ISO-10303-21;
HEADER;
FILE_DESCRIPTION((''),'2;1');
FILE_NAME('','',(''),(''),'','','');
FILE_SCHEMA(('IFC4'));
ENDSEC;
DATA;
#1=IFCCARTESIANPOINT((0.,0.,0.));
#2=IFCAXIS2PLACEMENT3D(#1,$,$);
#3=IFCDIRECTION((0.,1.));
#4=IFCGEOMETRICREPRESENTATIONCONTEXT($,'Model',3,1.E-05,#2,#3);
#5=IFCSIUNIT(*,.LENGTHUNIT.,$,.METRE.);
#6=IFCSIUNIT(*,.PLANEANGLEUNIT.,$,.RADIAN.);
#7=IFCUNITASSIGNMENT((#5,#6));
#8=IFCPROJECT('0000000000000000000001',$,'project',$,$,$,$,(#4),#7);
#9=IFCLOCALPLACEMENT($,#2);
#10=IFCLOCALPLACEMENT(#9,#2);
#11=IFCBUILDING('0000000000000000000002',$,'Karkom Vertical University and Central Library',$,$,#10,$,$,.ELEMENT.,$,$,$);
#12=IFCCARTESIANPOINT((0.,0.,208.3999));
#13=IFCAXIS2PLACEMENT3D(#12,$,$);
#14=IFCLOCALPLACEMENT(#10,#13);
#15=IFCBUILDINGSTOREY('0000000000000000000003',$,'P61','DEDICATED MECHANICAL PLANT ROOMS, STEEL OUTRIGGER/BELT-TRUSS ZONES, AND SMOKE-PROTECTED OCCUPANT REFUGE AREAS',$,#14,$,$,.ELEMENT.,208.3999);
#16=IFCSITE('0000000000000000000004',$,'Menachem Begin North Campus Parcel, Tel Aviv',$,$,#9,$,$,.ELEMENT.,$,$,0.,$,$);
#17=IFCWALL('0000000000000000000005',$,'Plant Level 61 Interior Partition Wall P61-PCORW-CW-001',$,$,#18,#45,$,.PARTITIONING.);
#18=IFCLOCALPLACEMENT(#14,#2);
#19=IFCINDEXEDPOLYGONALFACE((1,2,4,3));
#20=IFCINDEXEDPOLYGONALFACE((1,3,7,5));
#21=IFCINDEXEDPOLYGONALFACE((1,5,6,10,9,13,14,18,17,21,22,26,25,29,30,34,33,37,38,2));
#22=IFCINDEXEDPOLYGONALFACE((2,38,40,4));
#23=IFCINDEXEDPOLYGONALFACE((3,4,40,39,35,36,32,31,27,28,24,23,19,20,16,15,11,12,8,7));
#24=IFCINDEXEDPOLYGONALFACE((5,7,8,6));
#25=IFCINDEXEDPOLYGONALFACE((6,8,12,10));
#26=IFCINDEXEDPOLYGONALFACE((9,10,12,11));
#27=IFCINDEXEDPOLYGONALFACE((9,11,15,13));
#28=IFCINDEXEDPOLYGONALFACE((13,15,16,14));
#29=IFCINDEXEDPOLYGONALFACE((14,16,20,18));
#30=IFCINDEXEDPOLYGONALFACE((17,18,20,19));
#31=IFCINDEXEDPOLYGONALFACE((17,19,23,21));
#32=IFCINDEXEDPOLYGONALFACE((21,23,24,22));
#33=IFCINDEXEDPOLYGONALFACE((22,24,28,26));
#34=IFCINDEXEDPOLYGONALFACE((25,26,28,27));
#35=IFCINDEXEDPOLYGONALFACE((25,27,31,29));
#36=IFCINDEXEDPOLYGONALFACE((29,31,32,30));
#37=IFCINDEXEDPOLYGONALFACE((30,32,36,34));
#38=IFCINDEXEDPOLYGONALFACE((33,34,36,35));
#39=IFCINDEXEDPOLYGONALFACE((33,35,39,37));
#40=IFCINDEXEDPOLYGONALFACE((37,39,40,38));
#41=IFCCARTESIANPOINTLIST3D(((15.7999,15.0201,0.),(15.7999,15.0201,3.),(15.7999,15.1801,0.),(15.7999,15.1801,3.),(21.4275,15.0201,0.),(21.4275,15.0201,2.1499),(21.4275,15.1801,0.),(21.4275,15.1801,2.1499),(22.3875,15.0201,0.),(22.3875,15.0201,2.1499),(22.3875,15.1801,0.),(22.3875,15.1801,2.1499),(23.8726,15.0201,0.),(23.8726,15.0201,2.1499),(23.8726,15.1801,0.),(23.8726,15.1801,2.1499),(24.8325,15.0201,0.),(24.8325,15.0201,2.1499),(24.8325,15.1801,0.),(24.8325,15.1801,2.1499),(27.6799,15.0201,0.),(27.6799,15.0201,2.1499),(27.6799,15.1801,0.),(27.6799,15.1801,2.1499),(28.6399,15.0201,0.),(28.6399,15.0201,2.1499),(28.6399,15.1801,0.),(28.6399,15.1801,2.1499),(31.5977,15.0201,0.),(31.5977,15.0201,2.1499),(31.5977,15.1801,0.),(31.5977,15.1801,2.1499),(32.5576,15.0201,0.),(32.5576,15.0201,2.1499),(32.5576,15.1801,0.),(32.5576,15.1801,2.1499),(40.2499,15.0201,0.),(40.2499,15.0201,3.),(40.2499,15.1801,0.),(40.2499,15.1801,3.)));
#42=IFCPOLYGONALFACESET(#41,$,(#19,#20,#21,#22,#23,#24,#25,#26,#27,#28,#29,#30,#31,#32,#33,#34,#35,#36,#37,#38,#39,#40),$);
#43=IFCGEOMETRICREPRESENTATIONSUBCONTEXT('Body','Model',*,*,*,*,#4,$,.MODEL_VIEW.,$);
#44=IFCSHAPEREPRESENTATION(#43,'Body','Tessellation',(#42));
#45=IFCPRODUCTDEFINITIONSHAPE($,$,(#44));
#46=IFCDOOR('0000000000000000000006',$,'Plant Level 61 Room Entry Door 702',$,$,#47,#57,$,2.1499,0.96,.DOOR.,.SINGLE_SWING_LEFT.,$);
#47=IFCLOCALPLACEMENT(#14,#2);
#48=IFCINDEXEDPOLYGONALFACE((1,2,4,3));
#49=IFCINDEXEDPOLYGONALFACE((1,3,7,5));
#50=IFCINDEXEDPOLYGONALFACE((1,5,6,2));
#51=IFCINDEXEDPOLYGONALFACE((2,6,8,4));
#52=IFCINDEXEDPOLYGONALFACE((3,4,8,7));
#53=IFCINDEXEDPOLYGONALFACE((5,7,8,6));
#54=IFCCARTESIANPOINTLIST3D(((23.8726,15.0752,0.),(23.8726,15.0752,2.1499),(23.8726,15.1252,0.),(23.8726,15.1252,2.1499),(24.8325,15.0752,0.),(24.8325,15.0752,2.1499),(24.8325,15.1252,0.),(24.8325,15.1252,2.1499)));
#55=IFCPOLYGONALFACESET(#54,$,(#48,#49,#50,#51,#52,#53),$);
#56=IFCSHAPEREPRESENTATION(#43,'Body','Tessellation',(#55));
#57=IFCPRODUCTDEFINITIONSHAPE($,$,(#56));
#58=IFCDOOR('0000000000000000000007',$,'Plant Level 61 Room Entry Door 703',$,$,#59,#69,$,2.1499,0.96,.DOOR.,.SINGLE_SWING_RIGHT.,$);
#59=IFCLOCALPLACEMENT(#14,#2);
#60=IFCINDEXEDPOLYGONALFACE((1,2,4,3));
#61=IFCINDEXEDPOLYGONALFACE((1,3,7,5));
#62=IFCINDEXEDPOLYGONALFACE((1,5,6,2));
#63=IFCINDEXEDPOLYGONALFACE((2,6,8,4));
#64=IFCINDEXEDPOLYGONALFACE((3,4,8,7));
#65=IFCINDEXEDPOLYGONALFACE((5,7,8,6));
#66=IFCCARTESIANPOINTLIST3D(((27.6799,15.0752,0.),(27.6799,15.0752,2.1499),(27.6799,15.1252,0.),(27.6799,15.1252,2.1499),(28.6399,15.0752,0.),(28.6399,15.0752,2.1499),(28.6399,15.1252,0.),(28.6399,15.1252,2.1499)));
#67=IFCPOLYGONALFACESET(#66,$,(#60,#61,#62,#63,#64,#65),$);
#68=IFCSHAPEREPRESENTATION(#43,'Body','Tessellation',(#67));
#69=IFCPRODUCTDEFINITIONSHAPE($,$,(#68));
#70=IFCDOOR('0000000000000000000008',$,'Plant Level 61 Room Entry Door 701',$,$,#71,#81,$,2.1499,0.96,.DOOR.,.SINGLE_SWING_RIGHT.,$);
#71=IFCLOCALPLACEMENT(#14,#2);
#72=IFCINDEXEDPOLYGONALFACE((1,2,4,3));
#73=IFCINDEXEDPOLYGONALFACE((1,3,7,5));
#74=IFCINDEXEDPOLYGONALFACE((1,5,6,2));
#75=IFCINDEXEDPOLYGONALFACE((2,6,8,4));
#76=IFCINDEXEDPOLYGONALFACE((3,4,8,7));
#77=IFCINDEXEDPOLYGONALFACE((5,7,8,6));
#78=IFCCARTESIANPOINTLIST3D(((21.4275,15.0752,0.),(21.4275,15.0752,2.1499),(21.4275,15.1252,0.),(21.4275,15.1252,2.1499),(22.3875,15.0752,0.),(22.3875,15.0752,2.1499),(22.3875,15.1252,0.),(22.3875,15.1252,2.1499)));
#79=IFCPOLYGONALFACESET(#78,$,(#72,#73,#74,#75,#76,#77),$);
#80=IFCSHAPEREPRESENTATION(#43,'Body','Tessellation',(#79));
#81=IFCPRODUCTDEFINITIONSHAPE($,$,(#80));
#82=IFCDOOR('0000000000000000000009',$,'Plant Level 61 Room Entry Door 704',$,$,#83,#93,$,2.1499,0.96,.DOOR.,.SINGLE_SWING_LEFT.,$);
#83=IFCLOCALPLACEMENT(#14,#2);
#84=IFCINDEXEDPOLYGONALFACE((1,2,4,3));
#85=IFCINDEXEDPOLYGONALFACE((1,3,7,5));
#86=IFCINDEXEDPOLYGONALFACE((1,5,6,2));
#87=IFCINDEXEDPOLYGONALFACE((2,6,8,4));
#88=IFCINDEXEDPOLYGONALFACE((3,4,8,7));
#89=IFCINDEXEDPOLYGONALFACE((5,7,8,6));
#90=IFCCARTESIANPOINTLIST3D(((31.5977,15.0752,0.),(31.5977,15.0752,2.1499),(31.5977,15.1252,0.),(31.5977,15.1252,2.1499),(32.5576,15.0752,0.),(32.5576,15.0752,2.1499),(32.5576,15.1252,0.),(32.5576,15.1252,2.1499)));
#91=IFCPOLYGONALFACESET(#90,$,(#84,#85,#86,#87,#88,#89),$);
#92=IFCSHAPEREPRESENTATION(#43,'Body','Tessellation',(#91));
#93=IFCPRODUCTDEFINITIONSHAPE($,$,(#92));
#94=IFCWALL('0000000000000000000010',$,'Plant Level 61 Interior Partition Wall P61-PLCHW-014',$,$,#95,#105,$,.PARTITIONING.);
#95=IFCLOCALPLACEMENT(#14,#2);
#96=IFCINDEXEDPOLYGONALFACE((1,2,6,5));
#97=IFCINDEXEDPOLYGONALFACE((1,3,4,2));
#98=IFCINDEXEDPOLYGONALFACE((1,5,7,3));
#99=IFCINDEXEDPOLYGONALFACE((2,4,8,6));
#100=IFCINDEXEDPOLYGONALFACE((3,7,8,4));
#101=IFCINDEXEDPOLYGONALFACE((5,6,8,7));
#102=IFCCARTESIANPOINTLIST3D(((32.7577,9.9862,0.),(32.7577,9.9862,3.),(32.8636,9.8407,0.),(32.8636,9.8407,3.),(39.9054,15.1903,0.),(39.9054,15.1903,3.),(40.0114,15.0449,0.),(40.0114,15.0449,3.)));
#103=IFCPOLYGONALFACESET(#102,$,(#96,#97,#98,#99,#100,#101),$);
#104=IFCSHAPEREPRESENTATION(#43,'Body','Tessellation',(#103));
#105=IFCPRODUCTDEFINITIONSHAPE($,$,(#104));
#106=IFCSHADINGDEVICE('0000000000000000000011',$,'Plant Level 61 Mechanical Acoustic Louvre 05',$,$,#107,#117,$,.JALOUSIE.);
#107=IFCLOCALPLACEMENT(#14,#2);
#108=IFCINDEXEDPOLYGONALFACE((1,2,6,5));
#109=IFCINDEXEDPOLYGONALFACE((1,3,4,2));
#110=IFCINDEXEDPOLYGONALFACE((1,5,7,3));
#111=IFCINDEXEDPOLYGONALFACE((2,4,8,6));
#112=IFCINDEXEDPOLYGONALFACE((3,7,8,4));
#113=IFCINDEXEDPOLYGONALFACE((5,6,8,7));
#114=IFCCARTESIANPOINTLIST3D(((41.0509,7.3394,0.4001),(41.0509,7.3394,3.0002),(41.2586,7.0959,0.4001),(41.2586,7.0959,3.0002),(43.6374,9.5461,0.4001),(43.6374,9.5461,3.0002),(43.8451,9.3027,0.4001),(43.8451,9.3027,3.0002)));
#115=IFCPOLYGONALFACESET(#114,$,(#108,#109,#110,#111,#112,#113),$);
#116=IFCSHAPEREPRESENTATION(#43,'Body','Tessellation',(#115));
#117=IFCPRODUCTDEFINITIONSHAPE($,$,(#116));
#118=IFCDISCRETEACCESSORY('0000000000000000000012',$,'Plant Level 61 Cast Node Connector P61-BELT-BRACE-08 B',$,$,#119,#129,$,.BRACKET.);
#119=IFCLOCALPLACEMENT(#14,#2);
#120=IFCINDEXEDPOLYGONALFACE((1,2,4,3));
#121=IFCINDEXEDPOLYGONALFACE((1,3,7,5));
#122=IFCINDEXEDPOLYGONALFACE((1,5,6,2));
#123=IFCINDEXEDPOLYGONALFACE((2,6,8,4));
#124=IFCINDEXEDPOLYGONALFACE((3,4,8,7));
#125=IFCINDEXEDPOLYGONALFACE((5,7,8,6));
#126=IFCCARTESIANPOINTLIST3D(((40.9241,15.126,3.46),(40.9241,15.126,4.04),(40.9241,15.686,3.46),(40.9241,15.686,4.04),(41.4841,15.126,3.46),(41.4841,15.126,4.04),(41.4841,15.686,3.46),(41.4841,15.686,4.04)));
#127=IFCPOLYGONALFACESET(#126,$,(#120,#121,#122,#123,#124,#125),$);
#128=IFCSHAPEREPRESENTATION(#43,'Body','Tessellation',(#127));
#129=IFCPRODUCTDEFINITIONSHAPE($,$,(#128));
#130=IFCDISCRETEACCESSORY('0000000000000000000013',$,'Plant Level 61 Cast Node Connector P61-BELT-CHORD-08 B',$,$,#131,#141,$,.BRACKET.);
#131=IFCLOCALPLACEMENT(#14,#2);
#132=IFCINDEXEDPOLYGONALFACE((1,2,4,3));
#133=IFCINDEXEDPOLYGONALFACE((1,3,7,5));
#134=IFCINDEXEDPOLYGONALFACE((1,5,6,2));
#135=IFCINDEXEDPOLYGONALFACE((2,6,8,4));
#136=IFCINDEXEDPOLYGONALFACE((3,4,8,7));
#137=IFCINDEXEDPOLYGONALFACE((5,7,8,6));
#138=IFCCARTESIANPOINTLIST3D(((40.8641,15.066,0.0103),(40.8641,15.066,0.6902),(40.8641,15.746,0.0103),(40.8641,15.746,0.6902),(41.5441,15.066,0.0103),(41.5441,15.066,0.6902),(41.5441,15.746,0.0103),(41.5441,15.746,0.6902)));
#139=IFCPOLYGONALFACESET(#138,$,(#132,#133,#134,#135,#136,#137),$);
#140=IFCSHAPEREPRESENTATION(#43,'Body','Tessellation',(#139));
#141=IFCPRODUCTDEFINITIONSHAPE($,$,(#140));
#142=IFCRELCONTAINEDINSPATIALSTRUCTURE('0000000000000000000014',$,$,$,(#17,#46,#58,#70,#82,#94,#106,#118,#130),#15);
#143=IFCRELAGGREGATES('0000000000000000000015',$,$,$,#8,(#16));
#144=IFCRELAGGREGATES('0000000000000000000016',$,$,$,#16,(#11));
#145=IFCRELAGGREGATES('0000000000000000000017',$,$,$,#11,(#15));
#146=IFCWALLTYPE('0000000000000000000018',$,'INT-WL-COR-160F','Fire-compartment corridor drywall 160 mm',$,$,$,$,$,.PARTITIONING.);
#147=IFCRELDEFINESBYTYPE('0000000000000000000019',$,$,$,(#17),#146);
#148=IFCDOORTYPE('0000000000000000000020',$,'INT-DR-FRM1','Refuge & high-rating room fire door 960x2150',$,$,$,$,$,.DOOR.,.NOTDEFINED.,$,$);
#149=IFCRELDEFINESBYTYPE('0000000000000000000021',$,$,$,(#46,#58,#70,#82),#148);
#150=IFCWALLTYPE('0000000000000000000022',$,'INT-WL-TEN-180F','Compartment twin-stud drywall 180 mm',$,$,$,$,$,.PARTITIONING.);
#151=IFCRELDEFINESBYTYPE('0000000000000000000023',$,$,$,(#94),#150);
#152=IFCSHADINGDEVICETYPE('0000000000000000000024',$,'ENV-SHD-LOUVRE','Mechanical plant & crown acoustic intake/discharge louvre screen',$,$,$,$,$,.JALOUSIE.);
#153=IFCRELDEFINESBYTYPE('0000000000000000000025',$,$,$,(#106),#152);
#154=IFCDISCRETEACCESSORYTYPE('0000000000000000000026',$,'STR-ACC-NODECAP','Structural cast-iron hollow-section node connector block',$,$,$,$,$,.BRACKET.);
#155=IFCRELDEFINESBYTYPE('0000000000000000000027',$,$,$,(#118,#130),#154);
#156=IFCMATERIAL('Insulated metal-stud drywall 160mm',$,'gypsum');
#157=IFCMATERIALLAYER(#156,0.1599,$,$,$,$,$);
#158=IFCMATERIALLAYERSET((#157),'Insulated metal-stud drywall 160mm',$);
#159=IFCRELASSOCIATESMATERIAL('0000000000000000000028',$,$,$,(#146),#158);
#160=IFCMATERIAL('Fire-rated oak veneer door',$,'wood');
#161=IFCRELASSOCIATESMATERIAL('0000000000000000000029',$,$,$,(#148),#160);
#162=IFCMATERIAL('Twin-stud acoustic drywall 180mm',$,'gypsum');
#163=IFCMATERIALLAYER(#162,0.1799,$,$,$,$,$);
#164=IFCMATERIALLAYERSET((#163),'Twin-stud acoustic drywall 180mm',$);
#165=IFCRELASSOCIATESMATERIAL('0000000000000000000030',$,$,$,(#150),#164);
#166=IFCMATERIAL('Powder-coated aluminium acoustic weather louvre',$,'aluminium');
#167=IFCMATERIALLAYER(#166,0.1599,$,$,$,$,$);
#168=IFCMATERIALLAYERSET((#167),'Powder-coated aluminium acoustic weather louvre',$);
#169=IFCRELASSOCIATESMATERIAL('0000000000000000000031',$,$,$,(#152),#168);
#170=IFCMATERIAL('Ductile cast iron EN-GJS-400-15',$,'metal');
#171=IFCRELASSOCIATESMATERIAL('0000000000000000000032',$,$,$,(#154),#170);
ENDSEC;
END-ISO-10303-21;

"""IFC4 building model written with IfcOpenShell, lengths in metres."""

from ifc_helpers import new_model, si_unit, direction, frame, frame_2d, origin, origin_with_axes, origin_2d, place, context, subcontext, project, spatial, rectangle, extrude, source, transform, mapped, material, layer, layer_set, type_object, element, fill, save


model = new_model("IFC4")

# Units and contexts
model_context = context("Model", 3, precision=1e-05, world=origin(), true_north=direction((0.0, 1.0)))
body_context = subcontext(model_context, "Body", "Model", "MODEL_VIEW")
ifc_project = project(units=[si_unit("LENGTHUNIT", "METRE"), si_unit("PLANEANGLEUNIT", "RADIAN")], contexts=[model_context])

# Site, building, storey
site_placement = place(None, origin())
site = spatial("IfcSite", under=ifc_project, at=site_placement, Name="Menachem Begin North Campus Parcel, Tel Aviv", CompositionType="ELEMENT", RefElevation=0.0)
building_placement = place(site_placement, origin())
building = spatial("IfcBuilding", under=site, at=building_placement, Name="Karkom Vertical University and Central Library", CompositionType="ELEMENT")
storey_placement = place(building_placement, frame((0.0, 0.0, 208.3999)))
storey = spatial("IfcBuildingStorey", under=building, at=storey_placement, Name="P61", Description="DEDICATED MECHANICAL PLANT ROOMS, STEEL OUTRIGGER/BELT-TRUSS ZONES, AND SMOKE-PROTECTED OCCUPANT REFUGE AREAS", CompositionType="ELEMENT", Elevation=208.3999)

# Wall, openings, doors
ifc_material_1 = material(Name="Insulated metal-stud drywall 160mm", Category="gypsum")
ifc_layer_1 = layer(ifc_material_1, 0.1599)
ifc_layer_set_1 = layer_set([ifc_layer_1], Name="Insulated metal-stud drywall 160mm")
wall_type_1 = type_object("IfcWallType", Name="INT-WL-COR-160F", Description="Fire-compartment corridor drywall 160 mm", PredefinedType="PARTITIONING", material=ifc_layer_set_1)
wall_1_placement = place(storey_placement, frame((40.25, 15.1001, 0.0), z_axis=(0.0, 0.0, 1.0), x_axis=(-1.0, 0.0, 0.0)))
wall_1 = element("IfcWall", 1, at=wall_1_placement, inside=storey, type_object=wall_type_1, Name="Plant Level 61 Interior Partition Wall P61-PCORW-CW-001", PredefinedType="PARTITIONING", context=body_context, shape_type="SweptSolid", body=[
    extrude(rectangle(XDim=24.45, YDim=0.1599, at=frame_2d((12.2251, 0.0))), origin(), (0.0, 0.0, 1.0), 3.0),
])
opening_1_placement = place(wall_1_placement, frame((15.4175, 0.0, 0.0)))
opening_1 = element("IfcOpeningElement", 2, at=opening_1_placement, cuts=wall_1, PredefinedType="OPENING", context=body_context, shape_type="SweptSolid", body=[
    extrude(rectangle(XDim=0.96, YDim=2.1499, at=frame_2d((0.48, 1.075))), frame((0.0, 0.0898, 0.0), z_axis=(0.0, -1.0, 0.0), x_axis=(1.0, 0.0, 0.0)), (0.0, 0.0, 1.0), 0.1799),
])
opening_2_placement = place(wall_1_placement, frame((11.6101, 0.0, 0.0)))
opening_2 = element("IfcOpeningElement", 3, at=opening_2_placement, cuts=wall_1, PredefinedType="OPENING", context=body_context, shape_type="SweptSolid", body=[
    extrude(rectangle(XDim=0.96, YDim=2.1499, at=frame_2d((0.48, 1.075))), frame((0.0, 0.0898, 0.0), z_axis=(0.0, -1.0, 0.0), x_axis=(1.0, 0.0, 0.0)), (0.0, 0.0, 1.0), 0.1799),
])
opening_3_placement = place(wall_1_placement, frame((17.8625, 0.0, 0.0)))
opening_3 = element("IfcOpeningElement", 4, at=opening_3_placement, cuts=wall_1, PredefinedType="OPENING", context=body_context, shape_type="SweptSolid", body=[
    extrude(rectangle(XDim=0.96, YDim=2.1499, at=frame_2d((0.48, 1.075))), frame((0.0, 0.0898, 0.0), z_axis=(0.0, -1.0, 0.0), x_axis=(1.0, 0.0, 0.0)), (0.0, 0.0, 1.0), 0.1799),
])
opening_4_placement = place(wall_1_placement, frame((7.6924, 0.0, 0.0)))
opening_4 = element("IfcOpeningElement", 5, at=opening_4_placement, cuts=wall_1, PredefinedType="OPENING", context=body_context, shape_type="SweptSolid", body=[
    extrude(rectangle(XDim=0.96, YDim=2.1499, at=frame_2d((0.48, 1.075))), frame((0.0, 0.0898, 0.0), z_axis=(0.0, -1.0, 0.0), x_axis=(1.0, 0.0, 0.0)), (0.0, 0.0, 1.0), 0.1799),
])
ifc_material_2 = material(Name="Fire-rated oak veneer door", Category="wood")
door_type = type_object("IfcDoorType", Name="INT-DR-FRM1", Description="Refuge & high-rating room fire door 960x2150", OperationType="NOTDEFINED", PredefinedType="DOOR", material=ifc_material_2)
shared_shape_1 = source(origin_with_axes(), body_context, "Body", "SweptSolid", [
    extrude(rectangle(XDim=0.96, YDim=2.1499, at=frame_2d((0.48, 1.075))), frame((0.0, 0.0249, 0.0), z_axis=(0.0, -1.0, 0.0), x_axis=(1.0, 0.0, 0.0)), (0.0, 0.0, 1.0), 0.05),
])
door_1_placement = place(opening_1_placement, origin())
door_1 = element("IfcDoor", 6, at=door_1_placement, inside=storey, type_object=door_type, Name="Plant Level 61 Room Entry Door 702", OperationType="SINGLE_SWING_LEFT", OverallHeight=2.1499, OverallWidth=0.96, PredefinedType="DOOR", context=body_context, shape_type="MappedRepresentation", body=[
    mapped(shared_shape_1, transform((0.0, 0.0, 0.0), scale=1.0)),
])
fill(opening_1, door_1)
door_2_placement = place(opening_2_placement, origin())
door_2 = element("IfcDoor", 7, at=door_2_placement, inside=storey, type_object=door_type, Name="Plant Level 61 Room Entry Door 703", OperationType="SINGLE_SWING_RIGHT", OverallHeight=2.1499, OverallWidth=0.96, PredefinedType="DOOR", context=body_context, shape_type="MappedRepresentation", body=[
    mapped(shared_shape_1, transform((0.0, 0.0, 0.0), scale=1.0)),
])
fill(opening_2, door_2)
door_3_placement = place(opening_3_placement, origin())
door_3 = element("IfcDoor", 8, at=door_3_placement, inside=storey, type_object=door_type, Name="Plant Level 61 Room Entry Door 701", OperationType="SINGLE_SWING_RIGHT", OverallHeight=2.1499, OverallWidth=0.96, PredefinedType="DOOR", context=body_context, shape_type="MappedRepresentation", body=[
    mapped(shared_shape_1, transform((0.0, 0.0, 0.0), scale=1.0)),
])
fill(opening_3, door_3)
door_4_placement = place(opening_4_placement, origin())
door_4 = element("IfcDoor", 9, at=door_4_placement, inside=storey, type_object=door_type, Name="Plant Level 61 Room Entry Door 704", OperationType="SINGLE_SWING_LEFT", OverallHeight=2.1499, OverallWidth=0.96, PredefinedType="DOOR", context=body_context, shape_type="MappedRepresentation", body=[
    mapped(shared_shape_1, transform((0.0, 0.0, 0.0), scale=1.0)),
])
fill(opening_4, door_4)

# Wall
ifc_material_3 = material(Name="Twin-stud acoustic drywall 180mm", Category="gypsum")
ifc_layer_2 = layer(ifc_material_3, 0.1799)
ifc_layer_set_2 = layer_set([ifc_layer_2], Name="Twin-stud acoustic drywall 180mm")
wall_type_2 = type_object("IfcWallType", Name="INT-WL-TEN-180F", Description="Compartment twin-stud drywall 180 mm", PredefinedType="PARTITIONING", material=ifc_layer_set_2)
wall_2_placement = place(storey_placement, frame((39.9585, 15.1177, 0.0), z_axis=(0.0, 0.0, 1.0), x_axis=(-0.808426, -0.588598, 0.0)))
element("IfcWall", 10, at=wall_2_placement, inside=storey, type_object=wall_type_2, Name="Plant Level 61 Interior Partition Wall P61-PLCHW-014", PredefinedType="PARTITIONING", context=body_context, shape_type="SweptSolid", body=[
    extrude(rectangle(XDim=8.8416, YDim=0.1799, at=frame_2d((4.4209, 0.0))), origin(), (0.0, 0.0, 1.0), 3.0),
])

# Shading device
ifc_material_4 = material(Name="Powder-coated aluminium acoustic weather louvre", Category="aluminium")
ifc_layer_3 = layer(ifc_material_4, 0.1599)
ifc_layer_set_3 = layer_set([ifc_layer_3], Name="Powder-coated aluminium acoustic weather louvre")
shading_device_type = type_object("IfcShadingDeviceType", Name="ENV-SHD-LOUVRE", Description="Mechanical plant & crown acoustic intake/discharge louvre screen", PredefinedType="JALOUSIE", material=ifc_layer_set_3)
shared_shape_2 = source(origin_with_axes(), body_context, "Body", "SweptSolid", [
    extrude(rectangle(XDim=3.3999, YDim=0.3201, at=origin_2d()), origin(), (0.0, 0.0, 1.0), 2.6001),
])
shading_device_placement = place(storey_placement, frame((42.448, 8.321, 0.4001), z_axis=(0.0, 0.0, 1.0), x_axis=(0.760746, 0.64905, 0.0)))
element("IfcShadingDevice", 11, at=shading_device_placement, inside=storey, type_object=shading_device_type, Name="Plant Level 61 Mechanical Acoustic Louvre 05", PredefinedType="JALOUSIE", context=body_context, shape_type="MappedRepresentation", body=[
    mapped(shared_shape_2, transform((0.0, 0.0, 0.0), scale=1.0)),
])

# Discrete accessories
ifc_material_5 = material(Name="Ductile cast iron EN-GJS-400-15", Category="metal")
discrete_accessory_type = type_object("IfcDiscreteAccessoryType", Name="STR-ACC-NODECAP", Description="Structural cast-iron hollow-section node connector block", PredefinedType="BRACKET", material=ifc_material_5)
shared_shape_3 = source(origin_with_axes(), body_context, "Body", "SweptSolid", [
    extrude(rectangle(XDim=0.5601, YDim=0.5601, at=origin_2d()), origin(), (0.0, 0.0, 1.0), 0.5801),
])
discrete_accessory_1_placement = place(storey_placement, frame((41.2041, 15.406, 3.46), z_axis=(0.0, 0.0, 1.0), x_axis=(1.0, 0.0, 0.0)))
element("IfcDiscreteAccessory", 12, at=discrete_accessory_1_placement, inside=storey, type_object=discrete_accessory_type, Name="Plant Level 61 Cast Node Connector P61-BELT-BRACE-08 B", PredefinedType="BRACKET", context=body_context, shape_type="MappedRepresentation", body=[
    mapped(shared_shape_3, transform((0.0, 0.0, 0.0), scale=1.0)),
])
shared_shape_4 = source(origin_with_axes(), body_context, "Body", "SweptSolid", [
    extrude(rectangle(XDim=0.6799, YDim=0.6799, at=origin_2d()), origin(), (0.0, 0.0, 1.0), 0.6799),
])
discrete_accessory_2_placement = place(storey_placement, frame((41.2041, 15.406, 0.0103), z_axis=(0.0, 0.0, 1.0), x_axis=(1.0, 0.0, 0.0)))
element("IfcDiscreteAccessory", 13, at=discrete_accessory_2_placement, inside=storey, type_object=discrete_accessory_type, Name="Plant Level 61 Cast Node Connector P61-BELT-CHORD-08 B", PredefinedType="BRACKET", context=body_context, shape_type="MappedRepresentation", body=[
    mapped(shared_shape_4, transform((0.0, 0.0, 0.0), scale=1.0)),
])

save(model, "model.ifc")
